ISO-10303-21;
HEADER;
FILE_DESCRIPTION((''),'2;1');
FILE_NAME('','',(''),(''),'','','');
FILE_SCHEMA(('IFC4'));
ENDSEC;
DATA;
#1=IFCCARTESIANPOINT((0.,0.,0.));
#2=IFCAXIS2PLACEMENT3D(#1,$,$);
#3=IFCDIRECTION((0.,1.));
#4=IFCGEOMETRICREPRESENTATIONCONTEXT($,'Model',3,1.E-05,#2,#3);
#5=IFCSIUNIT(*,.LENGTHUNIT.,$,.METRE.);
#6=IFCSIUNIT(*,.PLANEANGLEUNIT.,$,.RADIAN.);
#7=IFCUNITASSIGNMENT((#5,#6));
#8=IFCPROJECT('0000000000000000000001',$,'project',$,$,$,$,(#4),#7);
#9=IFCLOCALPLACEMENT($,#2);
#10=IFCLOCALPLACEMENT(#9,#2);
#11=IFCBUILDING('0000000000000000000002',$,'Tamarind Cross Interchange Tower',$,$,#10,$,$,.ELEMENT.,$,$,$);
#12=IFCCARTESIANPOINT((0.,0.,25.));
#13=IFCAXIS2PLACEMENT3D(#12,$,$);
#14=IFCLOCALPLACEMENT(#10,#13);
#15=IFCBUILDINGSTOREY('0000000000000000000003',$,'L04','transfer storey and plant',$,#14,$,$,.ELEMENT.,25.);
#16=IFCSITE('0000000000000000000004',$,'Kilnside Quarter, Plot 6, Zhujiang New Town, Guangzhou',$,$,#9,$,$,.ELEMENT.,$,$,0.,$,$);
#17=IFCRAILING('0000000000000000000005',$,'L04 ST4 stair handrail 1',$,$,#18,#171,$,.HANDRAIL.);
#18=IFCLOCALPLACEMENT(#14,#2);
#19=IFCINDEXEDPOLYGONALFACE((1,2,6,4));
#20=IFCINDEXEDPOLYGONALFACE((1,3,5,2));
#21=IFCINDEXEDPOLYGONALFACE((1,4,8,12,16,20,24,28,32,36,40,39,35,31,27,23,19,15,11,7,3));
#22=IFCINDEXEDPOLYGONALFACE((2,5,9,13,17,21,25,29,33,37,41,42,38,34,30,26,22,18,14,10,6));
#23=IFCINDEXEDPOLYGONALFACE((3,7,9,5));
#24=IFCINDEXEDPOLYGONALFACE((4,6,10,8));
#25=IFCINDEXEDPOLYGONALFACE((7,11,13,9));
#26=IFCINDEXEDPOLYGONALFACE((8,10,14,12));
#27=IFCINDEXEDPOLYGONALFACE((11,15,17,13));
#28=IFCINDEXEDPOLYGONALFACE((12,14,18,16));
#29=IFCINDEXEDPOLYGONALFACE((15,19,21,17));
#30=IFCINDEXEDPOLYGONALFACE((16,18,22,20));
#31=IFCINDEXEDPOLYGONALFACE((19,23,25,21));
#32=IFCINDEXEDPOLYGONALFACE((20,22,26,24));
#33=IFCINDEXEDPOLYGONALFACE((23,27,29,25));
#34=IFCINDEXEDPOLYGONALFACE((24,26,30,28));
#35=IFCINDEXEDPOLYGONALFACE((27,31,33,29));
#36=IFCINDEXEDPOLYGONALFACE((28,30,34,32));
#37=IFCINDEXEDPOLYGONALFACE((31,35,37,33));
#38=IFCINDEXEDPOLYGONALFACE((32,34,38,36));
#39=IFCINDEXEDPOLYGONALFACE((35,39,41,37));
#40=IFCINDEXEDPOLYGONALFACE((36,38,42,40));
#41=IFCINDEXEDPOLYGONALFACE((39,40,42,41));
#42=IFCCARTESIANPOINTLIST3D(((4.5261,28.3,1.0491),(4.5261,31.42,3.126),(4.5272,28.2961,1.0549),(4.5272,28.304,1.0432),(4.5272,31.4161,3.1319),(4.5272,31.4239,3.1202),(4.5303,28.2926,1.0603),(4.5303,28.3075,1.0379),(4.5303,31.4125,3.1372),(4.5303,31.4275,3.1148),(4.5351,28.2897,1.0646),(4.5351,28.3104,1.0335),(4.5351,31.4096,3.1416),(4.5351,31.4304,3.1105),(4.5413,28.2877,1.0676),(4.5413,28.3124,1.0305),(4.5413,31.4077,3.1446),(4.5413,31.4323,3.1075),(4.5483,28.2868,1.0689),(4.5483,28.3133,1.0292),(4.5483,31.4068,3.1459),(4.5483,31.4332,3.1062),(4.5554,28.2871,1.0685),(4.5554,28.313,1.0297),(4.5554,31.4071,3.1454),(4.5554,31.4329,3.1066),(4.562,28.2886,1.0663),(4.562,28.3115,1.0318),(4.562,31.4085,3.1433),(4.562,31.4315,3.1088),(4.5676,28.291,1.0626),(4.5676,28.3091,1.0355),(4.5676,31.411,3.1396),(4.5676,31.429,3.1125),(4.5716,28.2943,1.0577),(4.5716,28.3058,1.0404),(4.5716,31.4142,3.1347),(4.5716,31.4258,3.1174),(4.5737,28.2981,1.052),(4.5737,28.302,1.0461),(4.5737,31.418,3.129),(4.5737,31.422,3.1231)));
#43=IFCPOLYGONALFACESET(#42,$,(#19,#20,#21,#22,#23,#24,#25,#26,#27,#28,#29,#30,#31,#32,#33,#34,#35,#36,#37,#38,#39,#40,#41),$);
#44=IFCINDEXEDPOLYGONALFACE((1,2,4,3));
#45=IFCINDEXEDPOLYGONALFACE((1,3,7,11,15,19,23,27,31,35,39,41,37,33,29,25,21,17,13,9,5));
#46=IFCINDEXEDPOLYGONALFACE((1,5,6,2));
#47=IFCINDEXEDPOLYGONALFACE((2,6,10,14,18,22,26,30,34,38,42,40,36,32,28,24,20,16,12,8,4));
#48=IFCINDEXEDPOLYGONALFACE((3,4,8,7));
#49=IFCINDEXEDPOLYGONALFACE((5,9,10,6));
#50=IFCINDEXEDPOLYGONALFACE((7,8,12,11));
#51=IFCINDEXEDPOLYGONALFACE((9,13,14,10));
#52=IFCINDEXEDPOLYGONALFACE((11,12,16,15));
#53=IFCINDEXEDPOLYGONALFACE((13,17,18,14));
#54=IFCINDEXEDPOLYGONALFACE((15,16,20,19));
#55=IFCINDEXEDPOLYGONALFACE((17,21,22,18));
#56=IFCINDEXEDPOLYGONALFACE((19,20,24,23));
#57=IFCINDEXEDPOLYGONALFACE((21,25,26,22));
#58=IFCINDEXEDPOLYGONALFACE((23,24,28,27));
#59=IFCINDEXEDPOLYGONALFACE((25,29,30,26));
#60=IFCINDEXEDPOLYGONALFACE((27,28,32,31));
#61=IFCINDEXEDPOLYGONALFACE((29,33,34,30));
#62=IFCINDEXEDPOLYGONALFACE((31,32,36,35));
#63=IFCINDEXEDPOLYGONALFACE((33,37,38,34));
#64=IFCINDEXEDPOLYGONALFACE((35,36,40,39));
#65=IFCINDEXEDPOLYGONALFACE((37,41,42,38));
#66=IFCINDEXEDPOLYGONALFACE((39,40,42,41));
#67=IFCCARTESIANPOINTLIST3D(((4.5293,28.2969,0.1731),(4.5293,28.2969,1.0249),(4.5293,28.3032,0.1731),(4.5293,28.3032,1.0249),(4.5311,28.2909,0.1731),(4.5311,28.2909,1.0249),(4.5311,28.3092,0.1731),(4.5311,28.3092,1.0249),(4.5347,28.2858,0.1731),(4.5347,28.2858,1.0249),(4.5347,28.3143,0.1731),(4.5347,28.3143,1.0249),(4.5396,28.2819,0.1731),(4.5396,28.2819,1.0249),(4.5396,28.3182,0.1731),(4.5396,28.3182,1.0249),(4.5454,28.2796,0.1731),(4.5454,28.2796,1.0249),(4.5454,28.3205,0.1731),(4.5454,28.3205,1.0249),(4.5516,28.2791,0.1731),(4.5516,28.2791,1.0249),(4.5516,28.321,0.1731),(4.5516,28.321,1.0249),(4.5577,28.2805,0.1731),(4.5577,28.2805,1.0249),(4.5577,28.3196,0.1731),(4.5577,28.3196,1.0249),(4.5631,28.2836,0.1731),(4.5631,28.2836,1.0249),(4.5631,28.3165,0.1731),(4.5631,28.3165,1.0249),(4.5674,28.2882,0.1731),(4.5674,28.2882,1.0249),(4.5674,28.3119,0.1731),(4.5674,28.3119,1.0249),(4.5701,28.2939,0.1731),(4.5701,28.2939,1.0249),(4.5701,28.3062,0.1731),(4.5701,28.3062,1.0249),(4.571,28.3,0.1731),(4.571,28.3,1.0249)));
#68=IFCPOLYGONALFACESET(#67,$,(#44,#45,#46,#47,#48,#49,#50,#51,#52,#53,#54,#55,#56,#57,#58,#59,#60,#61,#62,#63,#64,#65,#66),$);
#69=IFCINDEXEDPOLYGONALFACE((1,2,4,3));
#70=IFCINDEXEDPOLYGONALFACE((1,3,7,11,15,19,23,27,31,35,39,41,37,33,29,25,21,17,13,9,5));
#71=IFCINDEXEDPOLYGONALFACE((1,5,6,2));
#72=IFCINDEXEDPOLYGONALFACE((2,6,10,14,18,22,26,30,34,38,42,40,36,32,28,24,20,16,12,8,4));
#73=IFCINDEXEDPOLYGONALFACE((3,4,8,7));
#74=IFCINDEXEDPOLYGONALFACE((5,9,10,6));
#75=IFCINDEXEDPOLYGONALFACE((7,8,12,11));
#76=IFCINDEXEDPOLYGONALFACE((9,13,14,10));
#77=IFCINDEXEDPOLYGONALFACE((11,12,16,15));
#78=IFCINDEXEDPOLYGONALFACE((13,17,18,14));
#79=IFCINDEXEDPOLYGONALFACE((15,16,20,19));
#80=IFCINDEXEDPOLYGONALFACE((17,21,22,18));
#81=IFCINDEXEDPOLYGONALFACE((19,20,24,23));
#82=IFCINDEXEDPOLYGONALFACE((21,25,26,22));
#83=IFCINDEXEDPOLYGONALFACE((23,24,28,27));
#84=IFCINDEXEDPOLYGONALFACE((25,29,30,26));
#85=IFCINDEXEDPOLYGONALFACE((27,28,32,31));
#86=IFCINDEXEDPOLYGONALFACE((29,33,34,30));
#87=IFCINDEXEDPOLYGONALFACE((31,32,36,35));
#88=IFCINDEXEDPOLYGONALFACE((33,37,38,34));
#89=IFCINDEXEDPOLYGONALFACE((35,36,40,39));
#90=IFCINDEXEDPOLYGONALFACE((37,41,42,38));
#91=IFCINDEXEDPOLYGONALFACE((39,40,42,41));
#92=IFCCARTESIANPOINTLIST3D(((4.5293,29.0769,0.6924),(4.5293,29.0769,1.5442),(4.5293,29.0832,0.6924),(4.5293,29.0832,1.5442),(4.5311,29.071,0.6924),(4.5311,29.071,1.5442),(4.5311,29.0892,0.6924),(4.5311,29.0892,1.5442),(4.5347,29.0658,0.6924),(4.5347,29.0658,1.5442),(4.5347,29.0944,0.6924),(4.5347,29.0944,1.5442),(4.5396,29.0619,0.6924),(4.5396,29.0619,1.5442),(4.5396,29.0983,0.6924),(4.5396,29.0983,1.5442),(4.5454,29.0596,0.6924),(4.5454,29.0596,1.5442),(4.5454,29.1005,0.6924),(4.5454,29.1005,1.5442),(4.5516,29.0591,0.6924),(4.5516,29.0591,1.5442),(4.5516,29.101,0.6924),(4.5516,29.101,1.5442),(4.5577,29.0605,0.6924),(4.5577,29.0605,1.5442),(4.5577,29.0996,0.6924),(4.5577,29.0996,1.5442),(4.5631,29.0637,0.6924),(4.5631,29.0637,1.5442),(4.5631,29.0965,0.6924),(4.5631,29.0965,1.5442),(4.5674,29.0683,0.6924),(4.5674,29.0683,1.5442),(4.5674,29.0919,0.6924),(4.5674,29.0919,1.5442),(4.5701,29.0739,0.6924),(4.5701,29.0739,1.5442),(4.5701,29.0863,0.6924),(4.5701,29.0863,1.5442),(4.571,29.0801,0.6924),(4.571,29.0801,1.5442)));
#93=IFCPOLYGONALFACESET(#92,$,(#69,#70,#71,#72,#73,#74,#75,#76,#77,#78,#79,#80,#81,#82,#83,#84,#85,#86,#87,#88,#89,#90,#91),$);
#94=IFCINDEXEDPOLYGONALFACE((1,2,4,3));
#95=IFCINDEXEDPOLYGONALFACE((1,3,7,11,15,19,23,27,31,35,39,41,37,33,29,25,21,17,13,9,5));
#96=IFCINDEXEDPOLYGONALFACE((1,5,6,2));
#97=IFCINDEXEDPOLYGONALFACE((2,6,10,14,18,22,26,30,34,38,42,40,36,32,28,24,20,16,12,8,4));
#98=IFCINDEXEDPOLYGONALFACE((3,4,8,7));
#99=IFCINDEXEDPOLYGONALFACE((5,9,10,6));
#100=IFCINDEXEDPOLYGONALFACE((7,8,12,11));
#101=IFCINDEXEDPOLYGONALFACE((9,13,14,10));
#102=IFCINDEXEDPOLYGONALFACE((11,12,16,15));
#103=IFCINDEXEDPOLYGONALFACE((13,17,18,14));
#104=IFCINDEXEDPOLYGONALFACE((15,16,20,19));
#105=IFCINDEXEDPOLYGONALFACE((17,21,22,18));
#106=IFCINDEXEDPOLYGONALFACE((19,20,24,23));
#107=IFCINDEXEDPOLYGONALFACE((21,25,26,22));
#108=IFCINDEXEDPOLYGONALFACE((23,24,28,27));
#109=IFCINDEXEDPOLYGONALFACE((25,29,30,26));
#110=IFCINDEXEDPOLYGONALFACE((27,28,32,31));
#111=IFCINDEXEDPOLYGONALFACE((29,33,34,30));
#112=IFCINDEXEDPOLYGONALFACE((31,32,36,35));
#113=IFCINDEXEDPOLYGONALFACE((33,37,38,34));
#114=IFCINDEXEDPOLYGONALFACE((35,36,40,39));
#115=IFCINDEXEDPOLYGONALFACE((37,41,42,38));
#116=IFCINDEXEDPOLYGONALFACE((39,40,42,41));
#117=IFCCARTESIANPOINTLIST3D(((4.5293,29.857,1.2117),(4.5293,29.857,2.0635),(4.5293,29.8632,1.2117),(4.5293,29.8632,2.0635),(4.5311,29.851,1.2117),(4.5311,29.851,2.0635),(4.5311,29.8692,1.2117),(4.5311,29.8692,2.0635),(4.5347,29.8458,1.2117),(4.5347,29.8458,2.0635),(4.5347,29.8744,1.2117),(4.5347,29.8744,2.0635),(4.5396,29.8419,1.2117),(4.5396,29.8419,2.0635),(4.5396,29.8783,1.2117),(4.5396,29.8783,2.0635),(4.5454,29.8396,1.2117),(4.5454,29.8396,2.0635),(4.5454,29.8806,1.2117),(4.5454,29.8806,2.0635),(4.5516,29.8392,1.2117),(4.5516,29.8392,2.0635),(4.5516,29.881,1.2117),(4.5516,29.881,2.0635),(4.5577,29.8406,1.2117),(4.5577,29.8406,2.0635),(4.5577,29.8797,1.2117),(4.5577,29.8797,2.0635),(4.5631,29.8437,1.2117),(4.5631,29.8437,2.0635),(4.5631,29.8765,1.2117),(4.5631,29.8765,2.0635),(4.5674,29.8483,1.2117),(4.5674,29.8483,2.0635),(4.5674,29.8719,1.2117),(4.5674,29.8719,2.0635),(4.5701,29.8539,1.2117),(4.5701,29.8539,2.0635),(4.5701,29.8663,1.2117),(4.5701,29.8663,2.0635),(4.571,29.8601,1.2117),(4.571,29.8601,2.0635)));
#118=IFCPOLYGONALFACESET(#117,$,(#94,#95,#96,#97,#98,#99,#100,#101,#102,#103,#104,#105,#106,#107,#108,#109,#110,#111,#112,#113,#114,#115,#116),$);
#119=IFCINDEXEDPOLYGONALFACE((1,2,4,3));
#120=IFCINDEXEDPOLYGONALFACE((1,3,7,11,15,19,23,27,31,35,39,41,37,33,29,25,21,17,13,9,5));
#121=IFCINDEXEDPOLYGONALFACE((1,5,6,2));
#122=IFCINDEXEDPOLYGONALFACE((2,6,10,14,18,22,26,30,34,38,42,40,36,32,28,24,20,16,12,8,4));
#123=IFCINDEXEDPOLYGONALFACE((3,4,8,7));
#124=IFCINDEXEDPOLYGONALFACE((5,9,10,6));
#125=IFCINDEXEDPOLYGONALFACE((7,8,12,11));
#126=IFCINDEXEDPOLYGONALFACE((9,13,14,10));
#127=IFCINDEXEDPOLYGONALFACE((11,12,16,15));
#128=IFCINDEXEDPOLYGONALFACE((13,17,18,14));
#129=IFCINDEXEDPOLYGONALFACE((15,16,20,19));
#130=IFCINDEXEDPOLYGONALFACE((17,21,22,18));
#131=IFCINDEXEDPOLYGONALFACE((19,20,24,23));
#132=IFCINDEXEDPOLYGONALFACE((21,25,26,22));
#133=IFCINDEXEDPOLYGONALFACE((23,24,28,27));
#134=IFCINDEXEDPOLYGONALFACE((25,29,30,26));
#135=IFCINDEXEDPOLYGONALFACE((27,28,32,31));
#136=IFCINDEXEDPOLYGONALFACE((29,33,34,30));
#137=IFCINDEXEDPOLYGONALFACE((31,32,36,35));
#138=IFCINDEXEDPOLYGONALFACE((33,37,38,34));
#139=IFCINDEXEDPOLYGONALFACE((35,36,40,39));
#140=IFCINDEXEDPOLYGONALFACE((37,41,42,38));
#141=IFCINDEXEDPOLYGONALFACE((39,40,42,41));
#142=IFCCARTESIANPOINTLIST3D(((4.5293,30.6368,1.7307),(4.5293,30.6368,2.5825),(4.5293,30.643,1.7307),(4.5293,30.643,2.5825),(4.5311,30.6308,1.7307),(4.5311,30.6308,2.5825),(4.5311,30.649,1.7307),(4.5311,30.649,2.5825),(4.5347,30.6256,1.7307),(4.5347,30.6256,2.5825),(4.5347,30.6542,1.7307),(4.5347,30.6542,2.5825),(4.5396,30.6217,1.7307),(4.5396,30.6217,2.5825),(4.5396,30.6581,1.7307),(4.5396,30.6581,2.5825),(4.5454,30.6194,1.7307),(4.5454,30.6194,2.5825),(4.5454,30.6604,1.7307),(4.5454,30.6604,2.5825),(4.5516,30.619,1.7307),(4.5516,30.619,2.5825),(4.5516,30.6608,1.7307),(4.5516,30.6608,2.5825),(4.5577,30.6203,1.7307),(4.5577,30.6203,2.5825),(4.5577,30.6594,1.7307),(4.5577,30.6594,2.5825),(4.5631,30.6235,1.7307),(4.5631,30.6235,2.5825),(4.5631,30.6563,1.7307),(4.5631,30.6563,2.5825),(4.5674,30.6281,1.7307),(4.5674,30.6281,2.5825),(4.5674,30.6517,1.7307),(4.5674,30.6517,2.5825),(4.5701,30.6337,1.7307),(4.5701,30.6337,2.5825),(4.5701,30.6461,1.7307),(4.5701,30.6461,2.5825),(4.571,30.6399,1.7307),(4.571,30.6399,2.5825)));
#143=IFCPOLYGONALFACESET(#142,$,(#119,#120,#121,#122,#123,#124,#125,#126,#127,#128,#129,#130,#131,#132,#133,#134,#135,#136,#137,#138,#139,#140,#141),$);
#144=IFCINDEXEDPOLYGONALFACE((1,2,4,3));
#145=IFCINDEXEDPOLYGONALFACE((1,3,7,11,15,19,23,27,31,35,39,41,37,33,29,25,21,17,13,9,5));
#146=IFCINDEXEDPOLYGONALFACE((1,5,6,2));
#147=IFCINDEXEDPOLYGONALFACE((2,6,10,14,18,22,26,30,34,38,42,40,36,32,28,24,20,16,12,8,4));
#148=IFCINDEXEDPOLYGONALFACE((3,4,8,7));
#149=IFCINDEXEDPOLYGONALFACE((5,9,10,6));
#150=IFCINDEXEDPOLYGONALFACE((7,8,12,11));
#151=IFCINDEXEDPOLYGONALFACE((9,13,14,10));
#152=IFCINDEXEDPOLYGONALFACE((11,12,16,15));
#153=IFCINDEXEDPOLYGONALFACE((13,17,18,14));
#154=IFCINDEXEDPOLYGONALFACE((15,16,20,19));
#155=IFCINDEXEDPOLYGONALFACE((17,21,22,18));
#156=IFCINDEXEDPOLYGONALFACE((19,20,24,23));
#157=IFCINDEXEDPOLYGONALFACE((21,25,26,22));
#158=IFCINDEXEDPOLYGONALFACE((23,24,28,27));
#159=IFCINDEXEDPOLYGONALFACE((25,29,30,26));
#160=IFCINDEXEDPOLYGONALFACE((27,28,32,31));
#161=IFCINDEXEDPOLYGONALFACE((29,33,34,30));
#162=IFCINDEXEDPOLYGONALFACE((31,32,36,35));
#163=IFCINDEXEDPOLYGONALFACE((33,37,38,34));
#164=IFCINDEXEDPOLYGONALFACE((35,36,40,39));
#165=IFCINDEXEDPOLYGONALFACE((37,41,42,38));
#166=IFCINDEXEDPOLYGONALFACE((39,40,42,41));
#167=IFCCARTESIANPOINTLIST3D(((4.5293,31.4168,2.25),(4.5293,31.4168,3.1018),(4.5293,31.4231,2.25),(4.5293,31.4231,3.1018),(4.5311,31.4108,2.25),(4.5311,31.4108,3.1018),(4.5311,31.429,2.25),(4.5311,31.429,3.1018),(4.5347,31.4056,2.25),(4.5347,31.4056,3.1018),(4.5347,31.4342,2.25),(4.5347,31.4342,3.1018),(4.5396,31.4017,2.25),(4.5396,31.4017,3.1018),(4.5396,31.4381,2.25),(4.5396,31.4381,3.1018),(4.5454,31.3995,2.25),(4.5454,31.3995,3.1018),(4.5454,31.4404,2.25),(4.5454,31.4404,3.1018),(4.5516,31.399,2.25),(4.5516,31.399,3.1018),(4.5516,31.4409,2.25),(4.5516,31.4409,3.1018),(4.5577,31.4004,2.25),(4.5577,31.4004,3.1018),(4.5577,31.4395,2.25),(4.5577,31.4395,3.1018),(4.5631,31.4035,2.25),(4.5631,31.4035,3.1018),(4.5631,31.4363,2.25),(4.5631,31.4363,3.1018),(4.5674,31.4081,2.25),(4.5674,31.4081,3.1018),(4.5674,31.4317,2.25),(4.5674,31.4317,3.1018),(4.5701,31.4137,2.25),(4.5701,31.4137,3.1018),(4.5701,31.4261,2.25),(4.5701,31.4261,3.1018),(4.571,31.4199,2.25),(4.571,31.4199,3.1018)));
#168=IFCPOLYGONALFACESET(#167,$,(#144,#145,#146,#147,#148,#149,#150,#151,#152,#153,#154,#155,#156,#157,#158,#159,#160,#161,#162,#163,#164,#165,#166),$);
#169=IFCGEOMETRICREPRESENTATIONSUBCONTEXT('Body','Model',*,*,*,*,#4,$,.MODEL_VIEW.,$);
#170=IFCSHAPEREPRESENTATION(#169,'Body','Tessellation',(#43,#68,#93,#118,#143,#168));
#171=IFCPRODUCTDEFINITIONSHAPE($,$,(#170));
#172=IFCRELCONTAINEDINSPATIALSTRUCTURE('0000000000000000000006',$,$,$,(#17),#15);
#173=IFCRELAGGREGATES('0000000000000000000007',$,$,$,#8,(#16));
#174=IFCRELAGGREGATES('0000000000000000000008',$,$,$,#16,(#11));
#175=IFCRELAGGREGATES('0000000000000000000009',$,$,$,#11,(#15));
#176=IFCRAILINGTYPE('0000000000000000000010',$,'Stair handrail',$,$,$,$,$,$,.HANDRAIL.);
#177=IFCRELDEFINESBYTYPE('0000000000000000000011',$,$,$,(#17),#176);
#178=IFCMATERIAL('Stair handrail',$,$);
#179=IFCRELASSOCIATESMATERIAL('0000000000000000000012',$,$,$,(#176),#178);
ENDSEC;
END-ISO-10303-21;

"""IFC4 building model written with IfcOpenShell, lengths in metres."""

from ifc_helpers import new_model, si_unit, direction, frame, origin, origin_2d, place, context, subcontext, project, spatial, circle, extrude, material, type_object, element, save


model = new_model("IFC4")

# Units and contexts
model_context = context("Model", 3, precision=1e-05, world=origin(), true_north=direction((0.0, 1.0)))
body_context = subcontext(model_context, "Body", "Model", "MODEL_VIEW")
ifc_project = project(units=[si_unit("LENGTHUNIT", "METRE"), si_unit("PLANEANGLEUNIT", "RADIAN")], contexts=[model_context])

# Site, building, storey
site_placement = place(None, origin())
site = spatial("IfcSite", under=ifc_project, at=site_placement, Name="Kilnside Quarter, Plot 6, Zhujiang New Town, Guangzhou", CompositionType="ELEMENT", RefElevation=0.0)
building_placement = place(site_placement, origin())
building = spatial("IfcBuilding", under=site, at=building_placement, Name="Tamarind Cross Interchange Tower", CompositionType="ELEMENT")
storey_placement = place(building_placement, frame((0.0, 0.0, 25.0)))
storey = spatial("IfcBuildingStorey", under=building, at=storey_placement, Name="L04", Description="transfer storey and plant", CompositionType="ELEMENT", Elevation=25.0)

# Railing
ifc_material_1 = material(Name="Stair handrail")
railing_type_1 = type_object("IfcRailingType", Name="Stair handrail", PredefinedType="HANDRAIL", material=ifc_material_1)
railing_1_placement = place(storey_placement, frame((4.55, 28.3, 0.1731)))
element("IfcRailing", 1, at=railing_1_placement, inside=storey, type_object=railing_type_1, Name="L04 ST4 stair handrail 1", PredefinedType="HANDRAIL", context=body_context, shape_type="SweptSolid", body=[
    extrude(circle(Radius=0.0239, at=origin_2d()), frame((0.0, 0.0, 0.876), z_axis=(0.0, 0.832421, 0.554144), x_axis=(-1.0, 0.0, 0.0)), (0.0, 0.0, 1.0), 3.748),
    extrude(circle(Radius=0.021, at=origin_2d()), origin(), (0.0, 0.0, 1.0), 0.8518),
    extrude(circle(Radius=0.021, at=origin_2d()), frame((0.0, 0.78, 0.5193)), (0.0, 0.0, 1.0), 0.8518),
    extrude(circle(Radius=0.021, at=origin_2d()), frame((0.0, 1.5601, 1.0386)), (0.0, 0.0, 1.0), 0.8518),
    extrude(circle(Radius=0.021, at=origin_2d()), frame((0.0, 2.3398, 1.5576)), (0.0, 0.0, 1.0), 0.8518),
    extrude(circle(Radius=0.021, at=origin_2d()), frame((0.0, 3.1199, 2.0769)), (0.0, 0.0, 1.0), 0.8518),
])

save(model, "model.ifc")
